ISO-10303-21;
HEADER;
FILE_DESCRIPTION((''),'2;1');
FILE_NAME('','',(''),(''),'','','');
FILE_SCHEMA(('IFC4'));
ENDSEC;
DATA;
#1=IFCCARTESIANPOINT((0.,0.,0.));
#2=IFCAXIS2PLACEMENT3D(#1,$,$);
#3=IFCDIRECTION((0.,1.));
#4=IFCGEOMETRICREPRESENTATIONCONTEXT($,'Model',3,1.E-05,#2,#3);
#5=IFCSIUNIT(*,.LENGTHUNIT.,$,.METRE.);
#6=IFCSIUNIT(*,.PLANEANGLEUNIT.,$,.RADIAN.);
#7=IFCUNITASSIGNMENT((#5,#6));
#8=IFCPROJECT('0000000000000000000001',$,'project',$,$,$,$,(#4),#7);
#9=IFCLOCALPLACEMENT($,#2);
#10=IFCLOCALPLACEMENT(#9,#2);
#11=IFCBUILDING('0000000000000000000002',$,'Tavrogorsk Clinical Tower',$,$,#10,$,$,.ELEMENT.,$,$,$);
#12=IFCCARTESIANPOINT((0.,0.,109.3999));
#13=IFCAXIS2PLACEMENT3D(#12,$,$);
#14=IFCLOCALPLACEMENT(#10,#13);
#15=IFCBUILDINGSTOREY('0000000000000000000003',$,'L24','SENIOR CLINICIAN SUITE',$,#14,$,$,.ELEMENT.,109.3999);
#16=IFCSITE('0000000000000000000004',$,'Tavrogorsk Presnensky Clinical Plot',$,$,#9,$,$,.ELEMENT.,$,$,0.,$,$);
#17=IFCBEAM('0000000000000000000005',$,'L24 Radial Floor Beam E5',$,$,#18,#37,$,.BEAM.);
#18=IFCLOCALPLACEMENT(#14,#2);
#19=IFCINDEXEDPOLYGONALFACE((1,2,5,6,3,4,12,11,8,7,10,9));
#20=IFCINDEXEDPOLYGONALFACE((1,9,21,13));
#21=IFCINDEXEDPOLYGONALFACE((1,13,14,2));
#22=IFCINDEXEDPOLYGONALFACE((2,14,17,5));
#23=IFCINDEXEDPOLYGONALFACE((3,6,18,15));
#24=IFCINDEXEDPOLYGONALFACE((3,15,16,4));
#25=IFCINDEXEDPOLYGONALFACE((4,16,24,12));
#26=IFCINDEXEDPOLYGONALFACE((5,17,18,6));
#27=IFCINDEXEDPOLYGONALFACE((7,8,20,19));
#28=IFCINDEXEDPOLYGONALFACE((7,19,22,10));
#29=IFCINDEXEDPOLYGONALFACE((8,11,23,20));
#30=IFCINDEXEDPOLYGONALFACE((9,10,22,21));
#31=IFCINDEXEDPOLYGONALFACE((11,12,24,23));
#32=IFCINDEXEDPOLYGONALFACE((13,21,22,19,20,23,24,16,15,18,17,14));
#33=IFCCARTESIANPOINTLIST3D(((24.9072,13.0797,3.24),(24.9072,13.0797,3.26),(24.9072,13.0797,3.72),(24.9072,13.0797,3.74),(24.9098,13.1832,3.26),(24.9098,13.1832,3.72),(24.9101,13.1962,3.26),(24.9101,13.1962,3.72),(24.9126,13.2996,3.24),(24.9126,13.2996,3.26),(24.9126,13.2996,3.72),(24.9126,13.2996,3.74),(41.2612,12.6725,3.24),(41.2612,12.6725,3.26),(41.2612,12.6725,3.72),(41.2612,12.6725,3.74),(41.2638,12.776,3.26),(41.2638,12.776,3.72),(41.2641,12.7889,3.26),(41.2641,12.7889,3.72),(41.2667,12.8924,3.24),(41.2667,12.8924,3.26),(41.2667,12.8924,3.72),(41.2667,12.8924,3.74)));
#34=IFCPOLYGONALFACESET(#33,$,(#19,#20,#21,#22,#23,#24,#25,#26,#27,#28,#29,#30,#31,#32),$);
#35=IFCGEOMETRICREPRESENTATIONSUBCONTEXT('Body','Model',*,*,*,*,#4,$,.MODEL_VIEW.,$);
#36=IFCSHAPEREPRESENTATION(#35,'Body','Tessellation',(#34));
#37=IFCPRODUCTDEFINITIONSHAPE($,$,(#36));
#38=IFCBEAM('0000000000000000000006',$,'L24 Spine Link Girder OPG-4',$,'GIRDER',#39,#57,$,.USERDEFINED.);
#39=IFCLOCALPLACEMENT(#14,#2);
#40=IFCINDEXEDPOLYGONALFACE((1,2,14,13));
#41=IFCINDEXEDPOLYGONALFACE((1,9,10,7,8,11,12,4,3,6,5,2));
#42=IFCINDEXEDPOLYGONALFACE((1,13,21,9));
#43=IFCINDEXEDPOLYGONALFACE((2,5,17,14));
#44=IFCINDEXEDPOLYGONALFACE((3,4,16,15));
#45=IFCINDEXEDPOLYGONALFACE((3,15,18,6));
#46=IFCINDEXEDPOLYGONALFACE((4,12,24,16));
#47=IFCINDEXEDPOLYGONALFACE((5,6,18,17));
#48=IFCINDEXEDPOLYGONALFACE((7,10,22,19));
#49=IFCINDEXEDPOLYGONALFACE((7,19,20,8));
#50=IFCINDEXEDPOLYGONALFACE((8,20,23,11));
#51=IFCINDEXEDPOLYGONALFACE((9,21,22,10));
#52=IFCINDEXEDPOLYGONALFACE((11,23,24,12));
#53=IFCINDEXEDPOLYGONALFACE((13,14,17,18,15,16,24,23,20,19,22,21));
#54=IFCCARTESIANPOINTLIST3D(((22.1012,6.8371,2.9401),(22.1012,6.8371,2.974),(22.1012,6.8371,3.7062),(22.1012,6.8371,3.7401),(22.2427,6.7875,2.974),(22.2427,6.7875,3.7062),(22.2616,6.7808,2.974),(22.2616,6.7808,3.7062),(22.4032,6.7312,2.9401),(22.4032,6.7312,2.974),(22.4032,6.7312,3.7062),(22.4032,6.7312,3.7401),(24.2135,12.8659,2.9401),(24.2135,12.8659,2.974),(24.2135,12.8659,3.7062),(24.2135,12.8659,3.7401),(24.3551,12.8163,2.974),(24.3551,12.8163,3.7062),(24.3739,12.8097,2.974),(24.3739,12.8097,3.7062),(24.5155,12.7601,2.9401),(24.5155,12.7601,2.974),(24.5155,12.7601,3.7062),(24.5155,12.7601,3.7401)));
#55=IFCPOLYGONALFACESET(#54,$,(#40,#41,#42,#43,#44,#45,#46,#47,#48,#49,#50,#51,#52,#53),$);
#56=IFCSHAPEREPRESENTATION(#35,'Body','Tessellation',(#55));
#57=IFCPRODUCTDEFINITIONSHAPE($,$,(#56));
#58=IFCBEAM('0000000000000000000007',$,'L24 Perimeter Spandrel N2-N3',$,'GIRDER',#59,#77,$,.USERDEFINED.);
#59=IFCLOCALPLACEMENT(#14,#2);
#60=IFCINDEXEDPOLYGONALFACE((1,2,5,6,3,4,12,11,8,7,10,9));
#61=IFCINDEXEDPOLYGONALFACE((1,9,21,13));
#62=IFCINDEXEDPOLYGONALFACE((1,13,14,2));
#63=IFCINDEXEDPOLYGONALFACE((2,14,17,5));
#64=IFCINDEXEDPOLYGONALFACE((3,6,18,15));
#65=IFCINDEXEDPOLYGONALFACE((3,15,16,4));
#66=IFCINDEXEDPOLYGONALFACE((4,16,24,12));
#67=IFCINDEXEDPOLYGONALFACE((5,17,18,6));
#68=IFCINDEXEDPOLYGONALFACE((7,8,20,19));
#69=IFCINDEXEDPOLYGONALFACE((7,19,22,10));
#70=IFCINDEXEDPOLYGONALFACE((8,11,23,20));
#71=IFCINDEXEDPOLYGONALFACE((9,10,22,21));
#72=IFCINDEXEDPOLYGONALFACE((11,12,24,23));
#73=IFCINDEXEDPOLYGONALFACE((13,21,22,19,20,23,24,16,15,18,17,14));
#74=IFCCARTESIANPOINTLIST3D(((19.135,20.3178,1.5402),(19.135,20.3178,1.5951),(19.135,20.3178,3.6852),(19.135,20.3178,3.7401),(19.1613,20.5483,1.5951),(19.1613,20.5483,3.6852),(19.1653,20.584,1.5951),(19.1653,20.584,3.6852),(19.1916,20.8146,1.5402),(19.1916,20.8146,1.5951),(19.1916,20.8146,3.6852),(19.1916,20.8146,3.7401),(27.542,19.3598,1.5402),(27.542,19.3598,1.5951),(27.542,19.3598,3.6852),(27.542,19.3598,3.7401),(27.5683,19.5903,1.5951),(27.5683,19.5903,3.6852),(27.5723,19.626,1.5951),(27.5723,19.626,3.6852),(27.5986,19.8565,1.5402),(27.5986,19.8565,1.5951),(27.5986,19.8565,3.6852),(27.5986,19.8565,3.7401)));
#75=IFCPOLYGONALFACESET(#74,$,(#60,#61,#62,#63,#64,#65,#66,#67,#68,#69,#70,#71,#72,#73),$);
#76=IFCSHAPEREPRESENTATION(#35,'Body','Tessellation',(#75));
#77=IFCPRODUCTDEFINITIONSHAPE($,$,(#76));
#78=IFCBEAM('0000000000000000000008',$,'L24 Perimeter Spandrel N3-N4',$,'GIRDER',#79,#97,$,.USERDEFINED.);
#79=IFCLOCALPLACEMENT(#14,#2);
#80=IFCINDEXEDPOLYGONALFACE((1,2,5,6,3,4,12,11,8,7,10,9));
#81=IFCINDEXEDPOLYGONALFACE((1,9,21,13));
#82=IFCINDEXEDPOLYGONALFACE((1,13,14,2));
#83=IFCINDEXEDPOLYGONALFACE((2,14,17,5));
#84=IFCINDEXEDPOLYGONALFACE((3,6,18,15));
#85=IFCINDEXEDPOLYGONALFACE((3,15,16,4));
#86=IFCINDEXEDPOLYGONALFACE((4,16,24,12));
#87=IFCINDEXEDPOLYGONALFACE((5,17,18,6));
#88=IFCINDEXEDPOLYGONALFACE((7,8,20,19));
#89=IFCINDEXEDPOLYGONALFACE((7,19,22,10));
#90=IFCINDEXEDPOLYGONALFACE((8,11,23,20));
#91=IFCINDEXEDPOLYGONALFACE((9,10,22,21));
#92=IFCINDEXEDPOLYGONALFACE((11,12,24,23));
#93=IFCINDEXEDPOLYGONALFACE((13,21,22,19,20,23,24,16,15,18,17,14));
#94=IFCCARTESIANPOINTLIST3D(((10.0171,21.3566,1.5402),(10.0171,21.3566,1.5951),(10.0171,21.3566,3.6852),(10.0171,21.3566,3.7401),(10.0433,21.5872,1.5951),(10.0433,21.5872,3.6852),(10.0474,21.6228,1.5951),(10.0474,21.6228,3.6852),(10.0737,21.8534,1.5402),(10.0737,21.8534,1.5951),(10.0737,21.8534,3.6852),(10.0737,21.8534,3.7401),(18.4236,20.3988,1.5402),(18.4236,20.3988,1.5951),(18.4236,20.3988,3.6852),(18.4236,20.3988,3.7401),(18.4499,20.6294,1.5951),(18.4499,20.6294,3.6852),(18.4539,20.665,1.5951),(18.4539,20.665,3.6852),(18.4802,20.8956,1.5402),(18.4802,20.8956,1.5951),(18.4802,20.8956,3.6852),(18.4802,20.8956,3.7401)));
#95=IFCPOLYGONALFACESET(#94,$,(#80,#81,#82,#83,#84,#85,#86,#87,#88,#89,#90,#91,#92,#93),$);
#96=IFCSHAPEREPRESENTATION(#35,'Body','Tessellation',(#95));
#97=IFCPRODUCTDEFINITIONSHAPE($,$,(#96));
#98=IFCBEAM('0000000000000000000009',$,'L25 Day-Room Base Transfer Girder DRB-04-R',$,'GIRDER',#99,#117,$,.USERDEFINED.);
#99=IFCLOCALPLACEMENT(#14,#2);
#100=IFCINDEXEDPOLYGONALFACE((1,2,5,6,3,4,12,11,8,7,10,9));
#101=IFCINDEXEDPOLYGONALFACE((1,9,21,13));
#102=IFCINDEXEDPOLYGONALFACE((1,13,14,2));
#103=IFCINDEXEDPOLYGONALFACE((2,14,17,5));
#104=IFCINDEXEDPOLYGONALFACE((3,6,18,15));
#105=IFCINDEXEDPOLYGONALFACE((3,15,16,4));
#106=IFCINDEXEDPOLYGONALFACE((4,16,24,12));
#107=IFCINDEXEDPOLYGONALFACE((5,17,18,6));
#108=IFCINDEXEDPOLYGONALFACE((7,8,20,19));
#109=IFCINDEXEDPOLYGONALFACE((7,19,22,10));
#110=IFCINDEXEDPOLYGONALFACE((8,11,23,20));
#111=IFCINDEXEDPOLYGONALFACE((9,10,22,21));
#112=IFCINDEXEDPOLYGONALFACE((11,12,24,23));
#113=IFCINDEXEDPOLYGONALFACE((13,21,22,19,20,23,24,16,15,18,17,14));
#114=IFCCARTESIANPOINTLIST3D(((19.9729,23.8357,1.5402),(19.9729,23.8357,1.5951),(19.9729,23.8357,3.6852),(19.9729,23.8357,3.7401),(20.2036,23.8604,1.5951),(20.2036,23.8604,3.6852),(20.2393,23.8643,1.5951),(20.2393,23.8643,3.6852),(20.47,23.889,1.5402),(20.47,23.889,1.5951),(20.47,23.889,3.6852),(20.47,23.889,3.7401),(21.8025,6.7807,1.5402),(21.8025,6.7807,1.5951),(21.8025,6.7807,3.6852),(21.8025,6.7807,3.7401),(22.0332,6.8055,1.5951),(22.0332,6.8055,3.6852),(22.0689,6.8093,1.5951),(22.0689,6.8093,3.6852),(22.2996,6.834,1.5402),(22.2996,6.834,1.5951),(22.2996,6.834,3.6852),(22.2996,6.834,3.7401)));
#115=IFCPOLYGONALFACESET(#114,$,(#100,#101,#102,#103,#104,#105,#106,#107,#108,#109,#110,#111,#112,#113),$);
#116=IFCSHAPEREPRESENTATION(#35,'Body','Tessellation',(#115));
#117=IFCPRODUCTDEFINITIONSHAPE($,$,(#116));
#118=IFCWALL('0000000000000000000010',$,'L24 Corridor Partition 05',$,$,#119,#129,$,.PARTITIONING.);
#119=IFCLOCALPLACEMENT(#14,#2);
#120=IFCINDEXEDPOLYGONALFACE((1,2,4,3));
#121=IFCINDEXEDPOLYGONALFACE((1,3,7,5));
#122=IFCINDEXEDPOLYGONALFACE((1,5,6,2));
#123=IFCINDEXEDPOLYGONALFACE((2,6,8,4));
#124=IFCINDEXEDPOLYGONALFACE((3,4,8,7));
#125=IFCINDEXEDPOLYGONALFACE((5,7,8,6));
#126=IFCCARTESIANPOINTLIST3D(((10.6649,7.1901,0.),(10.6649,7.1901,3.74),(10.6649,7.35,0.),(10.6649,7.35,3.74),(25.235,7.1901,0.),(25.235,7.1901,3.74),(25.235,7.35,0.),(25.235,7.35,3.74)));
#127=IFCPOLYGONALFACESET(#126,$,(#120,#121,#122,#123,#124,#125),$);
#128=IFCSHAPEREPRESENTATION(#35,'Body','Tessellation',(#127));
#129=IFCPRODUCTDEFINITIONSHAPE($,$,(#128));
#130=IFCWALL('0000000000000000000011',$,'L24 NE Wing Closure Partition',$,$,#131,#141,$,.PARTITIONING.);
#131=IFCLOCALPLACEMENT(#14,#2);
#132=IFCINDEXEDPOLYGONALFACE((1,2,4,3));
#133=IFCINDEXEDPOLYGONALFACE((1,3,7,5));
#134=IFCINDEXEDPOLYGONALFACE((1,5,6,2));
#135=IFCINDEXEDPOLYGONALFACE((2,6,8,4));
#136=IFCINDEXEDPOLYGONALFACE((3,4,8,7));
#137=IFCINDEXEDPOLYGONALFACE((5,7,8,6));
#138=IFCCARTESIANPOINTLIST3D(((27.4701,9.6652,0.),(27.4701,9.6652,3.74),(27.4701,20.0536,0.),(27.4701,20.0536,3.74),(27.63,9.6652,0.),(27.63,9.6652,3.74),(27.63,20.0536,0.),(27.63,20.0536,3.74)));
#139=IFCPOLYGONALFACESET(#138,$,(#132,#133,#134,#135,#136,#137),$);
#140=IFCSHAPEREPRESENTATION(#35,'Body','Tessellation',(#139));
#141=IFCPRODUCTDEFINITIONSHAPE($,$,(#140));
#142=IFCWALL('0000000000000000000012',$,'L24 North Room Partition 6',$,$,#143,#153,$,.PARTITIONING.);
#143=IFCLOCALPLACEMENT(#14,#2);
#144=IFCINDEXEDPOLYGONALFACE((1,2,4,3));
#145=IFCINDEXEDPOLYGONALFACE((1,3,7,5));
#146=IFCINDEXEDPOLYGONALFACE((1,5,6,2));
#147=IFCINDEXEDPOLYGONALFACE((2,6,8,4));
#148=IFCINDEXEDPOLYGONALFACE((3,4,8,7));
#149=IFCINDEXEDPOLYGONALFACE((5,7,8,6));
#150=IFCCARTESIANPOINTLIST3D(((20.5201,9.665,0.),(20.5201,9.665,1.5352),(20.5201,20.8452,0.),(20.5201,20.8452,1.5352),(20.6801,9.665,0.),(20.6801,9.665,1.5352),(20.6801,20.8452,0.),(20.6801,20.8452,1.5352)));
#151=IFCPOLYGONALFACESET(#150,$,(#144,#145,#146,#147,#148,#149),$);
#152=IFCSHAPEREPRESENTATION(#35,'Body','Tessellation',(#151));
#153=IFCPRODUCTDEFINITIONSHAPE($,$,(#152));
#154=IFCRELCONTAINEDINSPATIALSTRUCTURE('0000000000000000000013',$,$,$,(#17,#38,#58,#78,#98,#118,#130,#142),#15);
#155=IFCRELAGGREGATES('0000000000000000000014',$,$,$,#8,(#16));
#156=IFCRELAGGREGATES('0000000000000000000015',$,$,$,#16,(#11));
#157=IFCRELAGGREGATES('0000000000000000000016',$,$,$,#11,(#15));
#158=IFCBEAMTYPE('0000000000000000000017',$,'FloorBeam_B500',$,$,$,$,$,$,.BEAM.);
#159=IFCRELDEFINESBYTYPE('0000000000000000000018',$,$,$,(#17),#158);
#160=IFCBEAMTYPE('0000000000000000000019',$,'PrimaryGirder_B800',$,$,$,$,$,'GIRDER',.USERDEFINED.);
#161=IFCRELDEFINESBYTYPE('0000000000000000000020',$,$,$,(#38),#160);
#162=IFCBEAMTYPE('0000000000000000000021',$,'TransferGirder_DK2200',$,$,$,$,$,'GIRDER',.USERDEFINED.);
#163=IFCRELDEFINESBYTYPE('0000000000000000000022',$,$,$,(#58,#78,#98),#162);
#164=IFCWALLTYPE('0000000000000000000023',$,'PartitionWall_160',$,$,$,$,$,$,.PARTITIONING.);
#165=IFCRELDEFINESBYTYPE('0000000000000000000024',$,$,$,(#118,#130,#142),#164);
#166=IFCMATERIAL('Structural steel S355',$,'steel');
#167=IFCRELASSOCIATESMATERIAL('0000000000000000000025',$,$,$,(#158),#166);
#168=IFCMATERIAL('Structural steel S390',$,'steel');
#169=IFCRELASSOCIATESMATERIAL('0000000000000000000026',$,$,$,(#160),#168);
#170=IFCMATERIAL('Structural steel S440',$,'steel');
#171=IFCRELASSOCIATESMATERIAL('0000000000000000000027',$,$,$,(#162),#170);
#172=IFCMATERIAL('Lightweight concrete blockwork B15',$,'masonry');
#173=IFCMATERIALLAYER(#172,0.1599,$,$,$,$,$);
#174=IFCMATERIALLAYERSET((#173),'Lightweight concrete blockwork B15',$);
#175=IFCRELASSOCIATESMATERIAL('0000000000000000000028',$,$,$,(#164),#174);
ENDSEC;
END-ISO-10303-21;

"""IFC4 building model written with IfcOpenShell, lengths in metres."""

from ifc_helpers import new_model, si_unit, direction, frame, frame_2d, origin, origin_2d, place, context, subcontext, project, spatial, rectangle, i_section, extrude, material, layer, layer_set, material_profile, profile_set, type_object, element, save


model = new_model("IFC4")

# Units and contexts
model_context = context("Model", 3, precision=1e-05, world=origin(), true_north=direction((0.0, 1.0)))
body_context = subcontext(model_context, "Body", "Model", "MODEL_VIEW")
ifc_project = project(units=[si_unit("LENGTHUNIT", "METRE"), si_unit("PLANEANGLEUNIT", "RADIAN")], contexts=[model_context])

# Site, building, storey
site_placement = place(None, origin())
site = spatial("IfcSite", under=ifc_project, at=site_placement, Name="Tavrogorsk Presnensky Clinical Plot", CompositionType="ELEMENT", RefElevation=0.0)
building_placement = place(site_placement, origin())
building = spatial("IfcBuilding", under=site, at=building_placement, Name="Tavrogorsk Clinical Tower", CompositionType="ELEMENT")
storey_placement = place(building_placement, frame((0.0, 0.0, 109.3999)))
storey = spatial("IfcBuildingStorey", under=building, at=storey_placement, Name="L24", Description="SENIOR CLINICIAN SUITE", CompositionType="ELEMENT", Elevation=109.3999)

# Beams
ifc_material_1 = material(Name="Structural steel S355", Category="steel")
ifc_material_profile_1 = material_profile(ifc_material_1, i_section(OverallWidth=0.22, OverallDepth=0.5, WebThickness=0.0129, FlangeThickness=0.02, at=origin_2d()), Name="B-500x220x13x20")
ifc_profile_set_1 = profile_set([ifc_material_profile_1], Name="Structural steel S355")
beam_type_1 = type_object("IfcBeamType", Name="FloorBeam_B500", PredefinedType="BEAM", material=ifc_profile_set_1)
beam_1_placement = place(storey_placement, frame((24.9099, 13.1897, 3.49), z_axis=(0.99969, -0.024893, 0.0), x_axis=(0.024893, 0.99969, 0.0)))
element("IfcBeam", 1, at=beam_1_placement, inside=storey, type_object=beam_type_1, Name="L24 Radial Floor Beam E5", PredefinedType="BEAM", context=body_context, shape_type="SweptSolid", body=[
    extrude(i_section(OverallWidth=0.22, OverallDepth=0.5, WebThickness=0.0129, FlangeThickness=0.02, at=origin_2d()), origin(), (0.0, 0.0, 1.0), 16.3591),
])
ifc_material_2 = material(Name="Structural steel S390", Category="steel")
ifc_material_profile_2 = material_profile(ifc_material_2, i_section(OverallWidth=0.3201, OverallDepth=0.8, WebThickness=0.02, FlangeThickness=0.0339, at=origin_2d()), Name="B-800x320x20x34")
ifc_profile_set_2 = profile_set([ifc_material_profile_2], Name="Structural steel S390")
beam_type_2 = type_object("IfcBeamType", Name="PrimaryGirder_B800", ElementType="GIRDER", PredefinedType="USERDEFINED", material=ifc_profile_set_2)
beam_2_placement = place(storey_placement, frame((24.3645, 12.813, 3.3401), z_axis=(-0.33066, -0.94375, 0.0), x_axis=(0.94375, -0.33066, 0.0)))
element("IfcBeam", 2, at=beam_2_placement, inside=storey, type_object=beam_type_2, Name="L24 Spine Link Girder OPG-4", ObjectType="GIRDER", PredefinedType="USERDEFINED", context=body_context, shape_type="SweptSolid", body=[
    extrude(i_section(OverallWidth=0.3201, OverallDepth=0.8, WebThickness=0.02, FlangeThickness=0.0339, at=origin_2d()), origin(), (0.0, 0.0, 1.0), 6.3882),
])
ifc_material_3 = material(Name="Structural steel S440", Category="steel")
ifc_material_profile_3 = material_profile(ifc_material_3, i_section(OverallWidth=0.5, OverallDepth=2.2, WebThickness=0.0359, FlangeThickness=0.0549, at=origin_2d()), Name="DK-2200x500x36x55")
ifc_profile_set_3 = profile_set([ifc_material_profile_3], Name="Structural steel S440")
beam_type_3 = type_object("IfcBeamType", Name="TransferGirder_DK2200", ElementType="GIRDER", PredefinedType="USERDEFINED", material=ifc_profile_set_3)
beam_3_placement = place(storey_placement, frame((27.5703, 19.6082, 2.6401), z_axis=(-0.99357, 0.113221, 0.0), x_axis=(-0.113221, -0.99357, 0.0)))
element("IfcBeam", 3, at=beam_3_placement, inside=storey, type_object=beam_type_3, Name="L24 Perimeter Spandrel N2-N3", ObjectType="GIRDER", PredefinedType="USERDEFINED", context=body_context, shape_type="SweptSolid", body=[
    extrude(i_section(OverallWidth=0.5, OverallDepth=2.2, WebThickness=0.0359, FlangeThickness=0.0549, at=origin_2d()), origin(), (0.0, 0.0, 1.0), 8.4614),
])
beam_4_placement = place(storey_placement, frame((18.4519, 20.6472, 2.6401), z_axis=(-0.993572, 0.113199, 0.0), x_axis=(-0.113199, -0.993572, 0.0)))
element("IfcBeam", 4, at=beam_4_placement, inside=storey, type_object=beam_type_3, Name="L24 Perimeter Spandrel N3-N4", ObjectType="GIRDER", PredefinedType="USERDEFINED", context=body_context, shape_type="SweptSolid", body=[
    extrude(i_section(OverallWidth=0.5, OverallDepth=2.2, WebThickness=0.0359, FlangeThickness=0.0549, at=origin_2d()), origin(), (0.0, 0.0, 1.0), 8.4609),
])
beam_5_placement = place(storey_placement, frame((22.051, 6.8074, 2.6401), z_axis=(-0.106664, 0.994295, 0.0), x_axis=(-0.994295, -0.106664, 0.0)))
element("IfcBeam", 5, at=beam_5_placement, inside=storey, type_object=beam_type_3, Name="L25 Day-Room Base Transfer Girder DRB-04-R", ObjectType="GIRDER", PredefinedType="USERDEFINED", context=body_context, shape_type="SweptSolid", body=[
    extrude(i_section(OverallWidth=0.5, OverallDepth=2.2, WebThickness=0.0359, FlangeThickness=0.0549, at=origin_2d()), origin(), (0.0, 0.0, 1.0), 17.1528),
])

# Walls
ifc_material_4 = material(Name="Lightweight concrete blockwork B15", Category="masonry")
ifc_layer_1 = layer(ifc_material_4, 0.1599)
ifc_layer_set_1 = layer_set([ifc_layer_1], Name="Lightweight concrete blockwork B15")
wall_type = type_object("IfcWallType", Name="PartitionWall_160", PredefinedType="PARTITIONING", material=ifc_layer_set_1)
wall_1_placement = place(storey_placement, frame((25.2351, 7.27, 0.0), z_axis=(0.0, 0.0, 1.0), x_axis=(-1.0, 0.0, 0.0)))
element("IfcWall", 6, at=wall_1_placement, inside=storey, type_object=wall_type, Name="L24 Corridor Partition 05", PredefinedType="PARTITIONING", context=body_context, shape_type="SweptSolid", body=[
    extrude(rectangle(XDim=14.5701, YDim=0.1599, at=frame_2d((7.2852, 0.0))), origin(), (0.0, 0.0, 1.0), 3.74),
])
wall_2_placement = place(storey_placement, frame((27.55, 9.665, 0.0), z_axis=(0.0, 0.0, 1.0), x_axis=(0.0, 1.0, 0.0)))
element("IfcWall", 7, at=wall_2_placement, inside=storey, type_object=wall_type, Name="L24 NE Wing Closure Partition", PredefinedType="PARTITIONING", context=body_context, shape_type="SweptSolid", body=[
    extrude(rectangle(XDim=10.3884, YDim=0.1599, at=frame_2d((5.1943, 0.0))), origin(), (0.0, 0.0, 1.0), 3.74),
])
wall_3_placement = place(storey_placement, frame((20.6001, 9.665, 0.0), z_axis=(0.0, 0.0, 1.0), x_axis=(0.0, 1.0, 0.0)))
element("IfcWall", 8, at=wall_3_placement, inside=storey, type_object=wall_type, Name="L24 North Room Partition 6", PredefinedType="PARTITIONING", context=body_context, shape_type="SweptSolid", body=[
    extrude(rectangle(XDim=11.1802, YDim=0.1599, at=frame_2d((5.5901, 0.0))), origin(), (0.0, 0.0, 1.0), 1.5352),
])

save(model, "model.ifc")
